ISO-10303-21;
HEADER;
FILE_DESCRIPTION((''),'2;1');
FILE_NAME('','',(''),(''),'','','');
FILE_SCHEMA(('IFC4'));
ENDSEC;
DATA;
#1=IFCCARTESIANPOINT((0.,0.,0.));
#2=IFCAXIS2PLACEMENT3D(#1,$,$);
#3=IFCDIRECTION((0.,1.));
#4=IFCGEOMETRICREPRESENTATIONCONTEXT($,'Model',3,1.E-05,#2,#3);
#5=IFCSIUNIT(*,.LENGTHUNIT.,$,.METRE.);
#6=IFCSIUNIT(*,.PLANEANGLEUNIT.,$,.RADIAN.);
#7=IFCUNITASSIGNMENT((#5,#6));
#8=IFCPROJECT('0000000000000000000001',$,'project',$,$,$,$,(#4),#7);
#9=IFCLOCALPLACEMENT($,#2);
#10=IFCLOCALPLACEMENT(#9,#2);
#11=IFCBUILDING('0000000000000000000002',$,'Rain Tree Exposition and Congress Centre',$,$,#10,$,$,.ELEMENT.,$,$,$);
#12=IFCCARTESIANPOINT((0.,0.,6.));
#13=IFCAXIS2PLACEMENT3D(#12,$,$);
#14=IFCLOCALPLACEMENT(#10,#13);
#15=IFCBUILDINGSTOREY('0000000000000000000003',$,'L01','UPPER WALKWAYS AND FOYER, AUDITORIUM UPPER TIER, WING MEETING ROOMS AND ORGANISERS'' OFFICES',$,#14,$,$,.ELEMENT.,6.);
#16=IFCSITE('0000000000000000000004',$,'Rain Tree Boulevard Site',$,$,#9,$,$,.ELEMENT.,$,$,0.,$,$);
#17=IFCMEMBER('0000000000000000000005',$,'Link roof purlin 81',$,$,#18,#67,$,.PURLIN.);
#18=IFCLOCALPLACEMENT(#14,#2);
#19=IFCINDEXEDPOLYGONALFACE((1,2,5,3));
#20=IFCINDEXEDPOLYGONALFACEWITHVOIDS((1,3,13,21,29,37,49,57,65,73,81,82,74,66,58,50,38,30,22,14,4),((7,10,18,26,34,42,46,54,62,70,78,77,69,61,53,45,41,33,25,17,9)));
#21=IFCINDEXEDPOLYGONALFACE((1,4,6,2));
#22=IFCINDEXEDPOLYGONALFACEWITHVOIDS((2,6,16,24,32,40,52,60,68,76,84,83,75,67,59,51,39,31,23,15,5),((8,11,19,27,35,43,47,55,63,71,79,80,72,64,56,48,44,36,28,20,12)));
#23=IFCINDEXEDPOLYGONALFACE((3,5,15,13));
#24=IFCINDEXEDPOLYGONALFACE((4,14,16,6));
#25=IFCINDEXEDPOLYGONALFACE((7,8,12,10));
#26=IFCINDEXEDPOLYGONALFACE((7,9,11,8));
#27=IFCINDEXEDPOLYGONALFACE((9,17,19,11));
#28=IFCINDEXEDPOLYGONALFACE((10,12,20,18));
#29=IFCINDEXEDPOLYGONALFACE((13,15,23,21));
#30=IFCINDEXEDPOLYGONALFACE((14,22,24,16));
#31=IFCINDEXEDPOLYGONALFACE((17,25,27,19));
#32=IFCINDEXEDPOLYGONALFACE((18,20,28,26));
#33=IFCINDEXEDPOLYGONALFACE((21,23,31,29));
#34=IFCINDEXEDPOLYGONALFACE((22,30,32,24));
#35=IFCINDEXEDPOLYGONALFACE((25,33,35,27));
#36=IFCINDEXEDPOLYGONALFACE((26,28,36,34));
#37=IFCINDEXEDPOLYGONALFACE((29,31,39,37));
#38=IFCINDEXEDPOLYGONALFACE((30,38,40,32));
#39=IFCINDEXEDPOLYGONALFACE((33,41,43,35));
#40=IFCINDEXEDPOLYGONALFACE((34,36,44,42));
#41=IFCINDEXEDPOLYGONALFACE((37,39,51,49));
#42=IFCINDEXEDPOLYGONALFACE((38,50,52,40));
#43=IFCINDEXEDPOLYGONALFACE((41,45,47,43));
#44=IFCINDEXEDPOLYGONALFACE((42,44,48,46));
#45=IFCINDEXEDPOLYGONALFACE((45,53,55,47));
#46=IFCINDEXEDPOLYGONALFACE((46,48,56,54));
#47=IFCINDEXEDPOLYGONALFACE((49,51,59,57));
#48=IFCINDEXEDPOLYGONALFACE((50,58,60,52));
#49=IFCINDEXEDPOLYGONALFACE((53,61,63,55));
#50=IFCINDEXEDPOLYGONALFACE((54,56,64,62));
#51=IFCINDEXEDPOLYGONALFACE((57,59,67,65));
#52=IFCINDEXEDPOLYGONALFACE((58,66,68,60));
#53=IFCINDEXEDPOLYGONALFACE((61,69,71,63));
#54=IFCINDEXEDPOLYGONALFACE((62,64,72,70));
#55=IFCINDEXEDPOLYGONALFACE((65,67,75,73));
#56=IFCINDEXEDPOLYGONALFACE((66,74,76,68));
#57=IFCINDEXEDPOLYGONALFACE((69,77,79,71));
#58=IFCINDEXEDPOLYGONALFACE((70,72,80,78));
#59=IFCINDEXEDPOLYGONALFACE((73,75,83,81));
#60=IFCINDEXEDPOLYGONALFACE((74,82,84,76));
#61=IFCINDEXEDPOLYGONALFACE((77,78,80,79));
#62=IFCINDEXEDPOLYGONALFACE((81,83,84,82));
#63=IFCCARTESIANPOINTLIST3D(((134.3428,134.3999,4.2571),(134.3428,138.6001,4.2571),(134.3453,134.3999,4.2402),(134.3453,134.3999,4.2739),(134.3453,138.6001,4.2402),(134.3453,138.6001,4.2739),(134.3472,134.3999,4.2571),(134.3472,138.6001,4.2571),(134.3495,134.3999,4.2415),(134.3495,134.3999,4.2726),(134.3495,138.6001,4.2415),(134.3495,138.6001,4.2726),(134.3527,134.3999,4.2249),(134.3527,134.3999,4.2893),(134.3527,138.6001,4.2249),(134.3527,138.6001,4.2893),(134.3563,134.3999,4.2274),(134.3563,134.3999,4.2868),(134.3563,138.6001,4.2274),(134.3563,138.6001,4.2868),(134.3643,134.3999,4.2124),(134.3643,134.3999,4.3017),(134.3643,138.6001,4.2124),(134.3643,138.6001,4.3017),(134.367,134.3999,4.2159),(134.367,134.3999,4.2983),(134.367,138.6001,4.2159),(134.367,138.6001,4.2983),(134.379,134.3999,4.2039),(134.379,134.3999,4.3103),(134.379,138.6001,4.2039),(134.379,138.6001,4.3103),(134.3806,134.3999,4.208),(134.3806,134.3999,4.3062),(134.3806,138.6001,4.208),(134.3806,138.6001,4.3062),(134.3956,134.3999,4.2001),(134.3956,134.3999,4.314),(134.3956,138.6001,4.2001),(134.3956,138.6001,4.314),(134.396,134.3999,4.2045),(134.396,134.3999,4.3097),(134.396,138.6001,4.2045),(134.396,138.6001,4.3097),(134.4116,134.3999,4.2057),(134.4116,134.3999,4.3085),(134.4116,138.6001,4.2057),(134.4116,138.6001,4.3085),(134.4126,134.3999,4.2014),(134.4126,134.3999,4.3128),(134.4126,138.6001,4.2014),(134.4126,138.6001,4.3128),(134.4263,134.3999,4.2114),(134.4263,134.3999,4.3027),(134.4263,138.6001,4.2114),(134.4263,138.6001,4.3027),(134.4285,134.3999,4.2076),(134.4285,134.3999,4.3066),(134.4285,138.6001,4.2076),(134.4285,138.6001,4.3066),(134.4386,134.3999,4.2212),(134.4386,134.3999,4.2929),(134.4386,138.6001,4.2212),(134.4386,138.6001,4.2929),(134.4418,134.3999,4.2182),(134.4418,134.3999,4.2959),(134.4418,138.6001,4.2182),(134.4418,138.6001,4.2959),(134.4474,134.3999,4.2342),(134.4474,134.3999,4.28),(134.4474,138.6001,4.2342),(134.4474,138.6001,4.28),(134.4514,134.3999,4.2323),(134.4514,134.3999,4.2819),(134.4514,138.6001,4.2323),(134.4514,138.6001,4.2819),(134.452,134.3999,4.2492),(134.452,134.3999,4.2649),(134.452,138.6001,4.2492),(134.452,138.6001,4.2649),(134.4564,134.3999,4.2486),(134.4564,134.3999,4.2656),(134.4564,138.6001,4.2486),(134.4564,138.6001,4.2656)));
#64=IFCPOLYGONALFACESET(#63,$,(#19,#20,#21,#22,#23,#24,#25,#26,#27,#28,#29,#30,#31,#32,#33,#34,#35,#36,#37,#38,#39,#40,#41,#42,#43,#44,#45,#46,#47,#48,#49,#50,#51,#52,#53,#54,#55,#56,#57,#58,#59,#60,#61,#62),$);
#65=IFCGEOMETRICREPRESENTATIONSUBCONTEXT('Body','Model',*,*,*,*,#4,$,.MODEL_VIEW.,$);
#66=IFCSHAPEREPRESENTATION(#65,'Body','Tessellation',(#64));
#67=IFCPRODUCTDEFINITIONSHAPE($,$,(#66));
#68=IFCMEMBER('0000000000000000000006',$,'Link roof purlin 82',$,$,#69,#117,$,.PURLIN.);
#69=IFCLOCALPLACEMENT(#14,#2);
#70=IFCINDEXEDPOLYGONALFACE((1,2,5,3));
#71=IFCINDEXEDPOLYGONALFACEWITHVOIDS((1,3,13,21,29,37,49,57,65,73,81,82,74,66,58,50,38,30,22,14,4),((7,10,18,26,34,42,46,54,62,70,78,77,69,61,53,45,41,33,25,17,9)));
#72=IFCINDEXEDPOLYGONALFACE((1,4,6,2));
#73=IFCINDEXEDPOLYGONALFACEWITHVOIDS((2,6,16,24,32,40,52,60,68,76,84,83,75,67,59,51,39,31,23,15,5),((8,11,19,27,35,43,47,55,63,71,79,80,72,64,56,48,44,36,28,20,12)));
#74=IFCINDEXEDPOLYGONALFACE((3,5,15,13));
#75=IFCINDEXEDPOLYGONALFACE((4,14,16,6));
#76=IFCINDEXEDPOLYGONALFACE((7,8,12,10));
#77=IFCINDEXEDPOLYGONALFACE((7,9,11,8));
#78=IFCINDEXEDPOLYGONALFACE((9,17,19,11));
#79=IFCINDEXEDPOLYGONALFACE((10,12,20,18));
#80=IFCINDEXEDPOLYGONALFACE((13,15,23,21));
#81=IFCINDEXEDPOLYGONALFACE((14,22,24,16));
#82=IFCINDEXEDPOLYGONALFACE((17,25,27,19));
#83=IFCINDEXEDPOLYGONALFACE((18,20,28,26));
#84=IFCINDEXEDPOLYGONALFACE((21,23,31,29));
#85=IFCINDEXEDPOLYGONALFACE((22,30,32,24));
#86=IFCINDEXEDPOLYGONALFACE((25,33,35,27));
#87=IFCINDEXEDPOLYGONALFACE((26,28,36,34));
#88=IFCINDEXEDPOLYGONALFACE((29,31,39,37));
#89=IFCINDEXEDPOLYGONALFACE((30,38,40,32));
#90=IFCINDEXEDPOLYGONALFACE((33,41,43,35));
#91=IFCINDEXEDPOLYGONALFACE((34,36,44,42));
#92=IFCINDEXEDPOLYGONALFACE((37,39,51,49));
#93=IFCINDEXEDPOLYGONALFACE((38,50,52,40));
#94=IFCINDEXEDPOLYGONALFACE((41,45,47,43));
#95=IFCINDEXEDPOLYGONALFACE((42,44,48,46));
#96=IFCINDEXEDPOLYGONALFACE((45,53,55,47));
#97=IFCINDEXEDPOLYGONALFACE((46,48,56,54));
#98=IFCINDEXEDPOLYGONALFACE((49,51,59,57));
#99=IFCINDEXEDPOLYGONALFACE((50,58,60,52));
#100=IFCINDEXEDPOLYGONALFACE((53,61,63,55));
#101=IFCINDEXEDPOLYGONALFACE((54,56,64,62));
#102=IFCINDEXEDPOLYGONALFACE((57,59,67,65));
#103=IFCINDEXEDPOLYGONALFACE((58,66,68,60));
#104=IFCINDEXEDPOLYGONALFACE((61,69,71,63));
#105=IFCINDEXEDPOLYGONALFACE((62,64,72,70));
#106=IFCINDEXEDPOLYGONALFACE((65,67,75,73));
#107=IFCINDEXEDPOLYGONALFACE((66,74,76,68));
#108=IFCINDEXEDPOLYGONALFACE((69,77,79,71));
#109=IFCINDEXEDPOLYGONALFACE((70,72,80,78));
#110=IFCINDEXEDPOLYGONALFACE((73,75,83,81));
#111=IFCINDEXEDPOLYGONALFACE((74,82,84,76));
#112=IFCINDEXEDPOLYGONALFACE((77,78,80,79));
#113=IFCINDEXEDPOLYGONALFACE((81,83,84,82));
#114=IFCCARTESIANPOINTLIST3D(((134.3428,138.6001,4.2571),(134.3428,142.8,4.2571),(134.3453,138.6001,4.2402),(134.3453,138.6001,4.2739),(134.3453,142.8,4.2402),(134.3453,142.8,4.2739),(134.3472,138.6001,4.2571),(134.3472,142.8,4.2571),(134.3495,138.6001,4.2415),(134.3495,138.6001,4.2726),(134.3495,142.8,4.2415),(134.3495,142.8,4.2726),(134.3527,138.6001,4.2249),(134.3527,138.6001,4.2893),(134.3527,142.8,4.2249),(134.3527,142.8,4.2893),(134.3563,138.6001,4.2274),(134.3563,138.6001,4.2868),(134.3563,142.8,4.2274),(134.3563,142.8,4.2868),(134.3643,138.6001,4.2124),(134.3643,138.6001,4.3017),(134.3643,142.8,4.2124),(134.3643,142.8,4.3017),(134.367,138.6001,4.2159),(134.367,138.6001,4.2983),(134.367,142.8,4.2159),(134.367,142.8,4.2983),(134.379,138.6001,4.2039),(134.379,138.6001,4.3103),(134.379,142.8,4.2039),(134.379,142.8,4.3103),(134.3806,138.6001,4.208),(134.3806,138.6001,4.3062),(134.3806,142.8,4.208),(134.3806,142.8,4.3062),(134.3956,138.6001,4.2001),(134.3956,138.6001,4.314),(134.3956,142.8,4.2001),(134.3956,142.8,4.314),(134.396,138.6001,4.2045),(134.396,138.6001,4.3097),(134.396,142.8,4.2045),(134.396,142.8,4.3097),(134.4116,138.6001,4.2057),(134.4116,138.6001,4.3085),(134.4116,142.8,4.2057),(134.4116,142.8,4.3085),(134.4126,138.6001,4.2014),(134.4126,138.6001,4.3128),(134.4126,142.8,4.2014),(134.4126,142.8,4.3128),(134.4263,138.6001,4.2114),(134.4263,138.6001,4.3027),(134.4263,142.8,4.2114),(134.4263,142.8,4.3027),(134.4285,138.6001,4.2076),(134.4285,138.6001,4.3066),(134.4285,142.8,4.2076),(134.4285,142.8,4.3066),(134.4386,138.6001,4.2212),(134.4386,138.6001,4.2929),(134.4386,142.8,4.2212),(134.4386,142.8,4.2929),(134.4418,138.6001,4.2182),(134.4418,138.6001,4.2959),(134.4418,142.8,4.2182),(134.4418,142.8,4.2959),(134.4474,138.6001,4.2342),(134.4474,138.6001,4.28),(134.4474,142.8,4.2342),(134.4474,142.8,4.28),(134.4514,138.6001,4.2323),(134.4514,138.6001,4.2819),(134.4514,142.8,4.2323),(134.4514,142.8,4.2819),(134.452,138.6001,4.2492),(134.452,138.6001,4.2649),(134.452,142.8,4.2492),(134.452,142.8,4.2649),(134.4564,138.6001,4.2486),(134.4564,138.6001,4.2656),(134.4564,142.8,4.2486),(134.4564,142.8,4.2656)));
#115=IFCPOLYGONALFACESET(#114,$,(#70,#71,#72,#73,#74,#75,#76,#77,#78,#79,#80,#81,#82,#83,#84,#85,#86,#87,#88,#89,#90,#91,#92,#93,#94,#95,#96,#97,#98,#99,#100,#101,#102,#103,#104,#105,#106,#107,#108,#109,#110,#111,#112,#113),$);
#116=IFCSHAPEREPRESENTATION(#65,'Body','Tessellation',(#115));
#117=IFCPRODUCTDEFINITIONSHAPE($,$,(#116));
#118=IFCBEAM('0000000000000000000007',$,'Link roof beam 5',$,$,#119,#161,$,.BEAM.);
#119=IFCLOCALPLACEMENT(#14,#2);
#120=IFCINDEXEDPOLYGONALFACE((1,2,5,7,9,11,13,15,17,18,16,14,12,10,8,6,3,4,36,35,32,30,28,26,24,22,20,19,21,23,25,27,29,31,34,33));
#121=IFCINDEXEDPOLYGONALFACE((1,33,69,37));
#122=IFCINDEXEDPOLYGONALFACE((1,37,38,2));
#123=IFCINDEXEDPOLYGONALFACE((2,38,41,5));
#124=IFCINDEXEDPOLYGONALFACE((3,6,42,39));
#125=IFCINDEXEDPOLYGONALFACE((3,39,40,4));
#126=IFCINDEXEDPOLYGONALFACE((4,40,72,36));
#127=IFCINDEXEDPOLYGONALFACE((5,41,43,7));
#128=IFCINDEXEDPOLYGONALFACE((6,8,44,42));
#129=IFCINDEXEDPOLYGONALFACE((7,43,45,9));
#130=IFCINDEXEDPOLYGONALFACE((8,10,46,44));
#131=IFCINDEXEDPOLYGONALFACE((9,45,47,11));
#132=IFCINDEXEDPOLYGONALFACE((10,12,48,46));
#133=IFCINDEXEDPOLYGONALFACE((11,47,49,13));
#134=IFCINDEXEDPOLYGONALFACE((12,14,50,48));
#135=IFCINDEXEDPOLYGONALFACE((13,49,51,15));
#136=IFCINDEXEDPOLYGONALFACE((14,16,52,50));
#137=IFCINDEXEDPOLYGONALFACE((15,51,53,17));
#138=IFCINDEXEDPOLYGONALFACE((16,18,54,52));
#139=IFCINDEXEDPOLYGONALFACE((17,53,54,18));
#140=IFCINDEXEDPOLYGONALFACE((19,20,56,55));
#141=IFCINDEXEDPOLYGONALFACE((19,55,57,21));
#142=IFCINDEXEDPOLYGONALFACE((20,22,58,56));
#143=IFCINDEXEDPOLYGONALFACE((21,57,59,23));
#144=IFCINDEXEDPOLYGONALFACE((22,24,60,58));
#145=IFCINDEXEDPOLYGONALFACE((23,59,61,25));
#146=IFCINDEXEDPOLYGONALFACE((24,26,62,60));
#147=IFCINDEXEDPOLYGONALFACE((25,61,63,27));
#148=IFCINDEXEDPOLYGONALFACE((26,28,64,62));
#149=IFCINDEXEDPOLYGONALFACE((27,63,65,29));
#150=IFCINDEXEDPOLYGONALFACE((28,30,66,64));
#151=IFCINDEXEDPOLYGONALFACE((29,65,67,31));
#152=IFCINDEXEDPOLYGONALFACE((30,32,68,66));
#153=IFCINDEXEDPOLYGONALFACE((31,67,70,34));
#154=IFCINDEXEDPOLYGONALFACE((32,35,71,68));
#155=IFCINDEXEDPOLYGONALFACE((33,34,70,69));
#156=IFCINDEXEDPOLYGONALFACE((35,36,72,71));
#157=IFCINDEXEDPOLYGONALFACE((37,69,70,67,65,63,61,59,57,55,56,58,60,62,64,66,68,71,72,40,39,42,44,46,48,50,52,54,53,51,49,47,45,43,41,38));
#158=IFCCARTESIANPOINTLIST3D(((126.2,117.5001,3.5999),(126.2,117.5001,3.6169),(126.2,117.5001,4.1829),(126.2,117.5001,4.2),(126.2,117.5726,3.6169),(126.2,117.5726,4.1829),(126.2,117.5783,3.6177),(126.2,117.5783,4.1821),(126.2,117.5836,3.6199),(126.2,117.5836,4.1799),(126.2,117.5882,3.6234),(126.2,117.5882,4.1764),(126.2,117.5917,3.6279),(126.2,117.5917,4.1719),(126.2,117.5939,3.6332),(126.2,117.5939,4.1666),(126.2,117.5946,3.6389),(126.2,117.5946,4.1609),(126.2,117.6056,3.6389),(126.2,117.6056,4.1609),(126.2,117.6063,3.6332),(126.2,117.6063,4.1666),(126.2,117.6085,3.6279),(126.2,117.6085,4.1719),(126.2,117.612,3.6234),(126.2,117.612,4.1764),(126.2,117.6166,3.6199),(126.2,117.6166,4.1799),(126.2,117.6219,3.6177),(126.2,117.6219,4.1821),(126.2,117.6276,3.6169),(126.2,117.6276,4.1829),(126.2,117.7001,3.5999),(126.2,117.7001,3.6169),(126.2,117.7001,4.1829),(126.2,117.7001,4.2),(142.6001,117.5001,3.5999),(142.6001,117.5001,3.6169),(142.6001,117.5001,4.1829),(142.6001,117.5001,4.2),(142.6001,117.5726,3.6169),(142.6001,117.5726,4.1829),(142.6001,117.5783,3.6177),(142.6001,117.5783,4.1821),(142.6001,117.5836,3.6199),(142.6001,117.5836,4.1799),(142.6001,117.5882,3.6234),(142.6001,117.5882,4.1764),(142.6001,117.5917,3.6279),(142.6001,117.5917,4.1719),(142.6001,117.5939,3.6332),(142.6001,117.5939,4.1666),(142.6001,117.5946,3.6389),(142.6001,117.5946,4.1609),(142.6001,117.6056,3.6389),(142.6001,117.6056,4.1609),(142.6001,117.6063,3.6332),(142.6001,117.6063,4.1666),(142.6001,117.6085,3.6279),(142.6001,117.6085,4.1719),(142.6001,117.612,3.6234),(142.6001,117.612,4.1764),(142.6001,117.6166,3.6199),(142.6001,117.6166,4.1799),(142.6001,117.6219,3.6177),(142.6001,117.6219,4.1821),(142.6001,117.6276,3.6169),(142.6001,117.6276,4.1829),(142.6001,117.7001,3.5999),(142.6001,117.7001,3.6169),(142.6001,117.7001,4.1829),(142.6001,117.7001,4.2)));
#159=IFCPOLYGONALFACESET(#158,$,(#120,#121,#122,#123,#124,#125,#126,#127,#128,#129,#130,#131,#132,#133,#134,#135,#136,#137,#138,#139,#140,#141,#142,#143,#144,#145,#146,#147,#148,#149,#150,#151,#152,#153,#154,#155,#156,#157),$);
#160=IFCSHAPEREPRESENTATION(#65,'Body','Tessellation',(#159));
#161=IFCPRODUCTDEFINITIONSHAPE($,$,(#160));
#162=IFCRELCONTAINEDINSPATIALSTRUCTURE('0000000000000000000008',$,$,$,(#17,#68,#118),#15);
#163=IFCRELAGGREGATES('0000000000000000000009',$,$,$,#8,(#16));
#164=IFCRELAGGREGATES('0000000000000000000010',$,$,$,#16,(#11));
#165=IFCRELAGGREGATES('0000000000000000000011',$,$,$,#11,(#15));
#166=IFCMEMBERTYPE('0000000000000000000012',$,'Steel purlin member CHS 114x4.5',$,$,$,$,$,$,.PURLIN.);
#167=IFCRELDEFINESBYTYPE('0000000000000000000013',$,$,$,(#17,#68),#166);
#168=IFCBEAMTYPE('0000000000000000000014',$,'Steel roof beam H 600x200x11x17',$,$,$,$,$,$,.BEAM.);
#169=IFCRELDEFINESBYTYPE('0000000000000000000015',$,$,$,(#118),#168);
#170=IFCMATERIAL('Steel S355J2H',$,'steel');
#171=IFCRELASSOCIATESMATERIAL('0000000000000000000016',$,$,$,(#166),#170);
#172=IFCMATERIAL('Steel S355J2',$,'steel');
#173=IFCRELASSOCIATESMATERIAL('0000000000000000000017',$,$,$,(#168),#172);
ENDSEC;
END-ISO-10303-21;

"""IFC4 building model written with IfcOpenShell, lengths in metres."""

from ifc_helpers import new_model, si_unit, direction, frame, origin, origin_2d, place, context, subcontext, project, spatial, hollow_circle, i_section, extrude, material, material_profile, profile_set, type_object, element, save


model = new_model("IFC4")

# Units and contexts
model_context = context("Model", 3, precision=1e-05, world=origin(), true_north=direction((0.0, 1.0)))
body_context = subcontext(model_context, "Body", "Model", "MODEL_VIEW")
ifc_project = project(units=[si_unit("LENGTHUNIT", "METRE"), si_unit("PLANEANGLEUNIT", "RADIAN")], contexts=[model_context])

# Site, building, storey
site_placement = place(None, origin())
site = spatial("IfcSite", under=ifc_project, at=site_placement, Name="Rain Tree Boulevard Site", CompositionType="ELEMENT", RefElevation=0.0)
building_placement = place(site_placement, origin())
building = spatial("IfcBuilding", under=site, at=building_placement, Name="Rain Tree Exposition and Congress Centre", CompositionType="ELEMENT")
storey_placement = place(building_placement, frame((0.0, 0.0, 6.0)))
storey = spatial("IfcBuildingStorey", under=building, at=storey_placement, Name="L01", Description="UPPER WALKWAYS AND FOYER, AUDITORIUM UPPER TIER, WING MEETING ROOMS AND ORGANISERS' OFFICES", CompositionType="ELEMENT", Elevation=6.0)

# Members
ifc_material_1 = material(Name="Steel S355J2H", Category="steel")
ifc_material_profile_1 = material_profile(ifc_material_1, hollow_circle(Radius=0.0571, WallThickness=0.0044, at=origin_2d()), Name="CHS 114x4.5")
ifc_profile_set_1 = profile_set([ifc_material_profile_1], Name="Steel S355J2H")
member_type = type_object("IfcMemberType", Name="Steel purlin member CHS 114x4.5", PredefinedType="PURLIN", material=ifc_profile_set_1)
member_1_placement = place(storey_placement, frame((134.3999, 134.3999, 4.2571), z_axis=(0.0, 1.0, 0.0), x_axis=(-1.0, 0.0, 0.0)))
element("IfcMember", 1, at=member_1_placement, inside=storey, type_object=member_type, Name="Link roof purlin 81", PredefinedType="PURLIN", context=body_context, shape_type="SweptSolid", body=[
    extrude(hollow_circle(Radius=0.0571, WallThickness=0.0044, at=origin_2d()), origin(), (0.0, 0.0, 1.0), 4.2002),
])
member_2_placement = place(storey_placement, frame((134.3999, 138.6001, 4.2571), z_axis=(0.0, 1.0, 0.0), x_axis=(-1.0, 0.0, 0.0)))
element("IfcMember", 2, at=member_2_placement, inside=storey, type_object=member_type, Name="Link roof purlin 82", PredefinedType="PURLIN", context=body_context, shape_type="SweptSolid", body=[
    extrude(hollow_circle(Radius=0.0571, WallThickness=0.0044, at=origin_2d()), origin(), (0.0, 0.0, 1.0), 4.2),
])

# Beam
ifc_material_2 = material(Name="Steel S355J2", Category="steel")
ifc_material_profile_2 = material_profile(ifc_material_2, i_section(OverallWidth=0.2, OverallDepth=0.6001, WebThickness=0.011, FlangeThickness=0.0171, FilletRadius=0.022, at=origin_2d()), Name="H 600x200x11x17")
ifc_profile_set_2 = profile_set([ifc_material_profile_2], Name="Steel S355J2")
beam_type = type_object("IfcBeamType", Name="Steel roof beam H 600x200x11x17", PredefinedType="BEAM", material=ifc_profile_set_2)
for number, where, z_axis, x_axis, name in (
    (3, (126.2, 117.6001, 3.8999), (1.0, 0.0, 0.0), (0.0, 1.0, 0.0), "Link roof beam 5"),
):
    element("IfcBeam", number, at=place(storey_placement, frame(where, z_axis=z_axis, x_axis=x_axis)), inside=storey, type_object=beam_type, Name=name, PredefinedType="BEAM", context=body_context, shape_type="SweptSolid", body=[
        extrude(i_section(OverallWidth=0.2, OverallDepth=0.6001, WebThickness=0.011, FlangeThickness=0.0171, FilletRadius=0.022, at=origin_2d()), origin(), (0.0, 0.0, 1.0), 16.4001),
    ])

save(model, "model.ifc")
